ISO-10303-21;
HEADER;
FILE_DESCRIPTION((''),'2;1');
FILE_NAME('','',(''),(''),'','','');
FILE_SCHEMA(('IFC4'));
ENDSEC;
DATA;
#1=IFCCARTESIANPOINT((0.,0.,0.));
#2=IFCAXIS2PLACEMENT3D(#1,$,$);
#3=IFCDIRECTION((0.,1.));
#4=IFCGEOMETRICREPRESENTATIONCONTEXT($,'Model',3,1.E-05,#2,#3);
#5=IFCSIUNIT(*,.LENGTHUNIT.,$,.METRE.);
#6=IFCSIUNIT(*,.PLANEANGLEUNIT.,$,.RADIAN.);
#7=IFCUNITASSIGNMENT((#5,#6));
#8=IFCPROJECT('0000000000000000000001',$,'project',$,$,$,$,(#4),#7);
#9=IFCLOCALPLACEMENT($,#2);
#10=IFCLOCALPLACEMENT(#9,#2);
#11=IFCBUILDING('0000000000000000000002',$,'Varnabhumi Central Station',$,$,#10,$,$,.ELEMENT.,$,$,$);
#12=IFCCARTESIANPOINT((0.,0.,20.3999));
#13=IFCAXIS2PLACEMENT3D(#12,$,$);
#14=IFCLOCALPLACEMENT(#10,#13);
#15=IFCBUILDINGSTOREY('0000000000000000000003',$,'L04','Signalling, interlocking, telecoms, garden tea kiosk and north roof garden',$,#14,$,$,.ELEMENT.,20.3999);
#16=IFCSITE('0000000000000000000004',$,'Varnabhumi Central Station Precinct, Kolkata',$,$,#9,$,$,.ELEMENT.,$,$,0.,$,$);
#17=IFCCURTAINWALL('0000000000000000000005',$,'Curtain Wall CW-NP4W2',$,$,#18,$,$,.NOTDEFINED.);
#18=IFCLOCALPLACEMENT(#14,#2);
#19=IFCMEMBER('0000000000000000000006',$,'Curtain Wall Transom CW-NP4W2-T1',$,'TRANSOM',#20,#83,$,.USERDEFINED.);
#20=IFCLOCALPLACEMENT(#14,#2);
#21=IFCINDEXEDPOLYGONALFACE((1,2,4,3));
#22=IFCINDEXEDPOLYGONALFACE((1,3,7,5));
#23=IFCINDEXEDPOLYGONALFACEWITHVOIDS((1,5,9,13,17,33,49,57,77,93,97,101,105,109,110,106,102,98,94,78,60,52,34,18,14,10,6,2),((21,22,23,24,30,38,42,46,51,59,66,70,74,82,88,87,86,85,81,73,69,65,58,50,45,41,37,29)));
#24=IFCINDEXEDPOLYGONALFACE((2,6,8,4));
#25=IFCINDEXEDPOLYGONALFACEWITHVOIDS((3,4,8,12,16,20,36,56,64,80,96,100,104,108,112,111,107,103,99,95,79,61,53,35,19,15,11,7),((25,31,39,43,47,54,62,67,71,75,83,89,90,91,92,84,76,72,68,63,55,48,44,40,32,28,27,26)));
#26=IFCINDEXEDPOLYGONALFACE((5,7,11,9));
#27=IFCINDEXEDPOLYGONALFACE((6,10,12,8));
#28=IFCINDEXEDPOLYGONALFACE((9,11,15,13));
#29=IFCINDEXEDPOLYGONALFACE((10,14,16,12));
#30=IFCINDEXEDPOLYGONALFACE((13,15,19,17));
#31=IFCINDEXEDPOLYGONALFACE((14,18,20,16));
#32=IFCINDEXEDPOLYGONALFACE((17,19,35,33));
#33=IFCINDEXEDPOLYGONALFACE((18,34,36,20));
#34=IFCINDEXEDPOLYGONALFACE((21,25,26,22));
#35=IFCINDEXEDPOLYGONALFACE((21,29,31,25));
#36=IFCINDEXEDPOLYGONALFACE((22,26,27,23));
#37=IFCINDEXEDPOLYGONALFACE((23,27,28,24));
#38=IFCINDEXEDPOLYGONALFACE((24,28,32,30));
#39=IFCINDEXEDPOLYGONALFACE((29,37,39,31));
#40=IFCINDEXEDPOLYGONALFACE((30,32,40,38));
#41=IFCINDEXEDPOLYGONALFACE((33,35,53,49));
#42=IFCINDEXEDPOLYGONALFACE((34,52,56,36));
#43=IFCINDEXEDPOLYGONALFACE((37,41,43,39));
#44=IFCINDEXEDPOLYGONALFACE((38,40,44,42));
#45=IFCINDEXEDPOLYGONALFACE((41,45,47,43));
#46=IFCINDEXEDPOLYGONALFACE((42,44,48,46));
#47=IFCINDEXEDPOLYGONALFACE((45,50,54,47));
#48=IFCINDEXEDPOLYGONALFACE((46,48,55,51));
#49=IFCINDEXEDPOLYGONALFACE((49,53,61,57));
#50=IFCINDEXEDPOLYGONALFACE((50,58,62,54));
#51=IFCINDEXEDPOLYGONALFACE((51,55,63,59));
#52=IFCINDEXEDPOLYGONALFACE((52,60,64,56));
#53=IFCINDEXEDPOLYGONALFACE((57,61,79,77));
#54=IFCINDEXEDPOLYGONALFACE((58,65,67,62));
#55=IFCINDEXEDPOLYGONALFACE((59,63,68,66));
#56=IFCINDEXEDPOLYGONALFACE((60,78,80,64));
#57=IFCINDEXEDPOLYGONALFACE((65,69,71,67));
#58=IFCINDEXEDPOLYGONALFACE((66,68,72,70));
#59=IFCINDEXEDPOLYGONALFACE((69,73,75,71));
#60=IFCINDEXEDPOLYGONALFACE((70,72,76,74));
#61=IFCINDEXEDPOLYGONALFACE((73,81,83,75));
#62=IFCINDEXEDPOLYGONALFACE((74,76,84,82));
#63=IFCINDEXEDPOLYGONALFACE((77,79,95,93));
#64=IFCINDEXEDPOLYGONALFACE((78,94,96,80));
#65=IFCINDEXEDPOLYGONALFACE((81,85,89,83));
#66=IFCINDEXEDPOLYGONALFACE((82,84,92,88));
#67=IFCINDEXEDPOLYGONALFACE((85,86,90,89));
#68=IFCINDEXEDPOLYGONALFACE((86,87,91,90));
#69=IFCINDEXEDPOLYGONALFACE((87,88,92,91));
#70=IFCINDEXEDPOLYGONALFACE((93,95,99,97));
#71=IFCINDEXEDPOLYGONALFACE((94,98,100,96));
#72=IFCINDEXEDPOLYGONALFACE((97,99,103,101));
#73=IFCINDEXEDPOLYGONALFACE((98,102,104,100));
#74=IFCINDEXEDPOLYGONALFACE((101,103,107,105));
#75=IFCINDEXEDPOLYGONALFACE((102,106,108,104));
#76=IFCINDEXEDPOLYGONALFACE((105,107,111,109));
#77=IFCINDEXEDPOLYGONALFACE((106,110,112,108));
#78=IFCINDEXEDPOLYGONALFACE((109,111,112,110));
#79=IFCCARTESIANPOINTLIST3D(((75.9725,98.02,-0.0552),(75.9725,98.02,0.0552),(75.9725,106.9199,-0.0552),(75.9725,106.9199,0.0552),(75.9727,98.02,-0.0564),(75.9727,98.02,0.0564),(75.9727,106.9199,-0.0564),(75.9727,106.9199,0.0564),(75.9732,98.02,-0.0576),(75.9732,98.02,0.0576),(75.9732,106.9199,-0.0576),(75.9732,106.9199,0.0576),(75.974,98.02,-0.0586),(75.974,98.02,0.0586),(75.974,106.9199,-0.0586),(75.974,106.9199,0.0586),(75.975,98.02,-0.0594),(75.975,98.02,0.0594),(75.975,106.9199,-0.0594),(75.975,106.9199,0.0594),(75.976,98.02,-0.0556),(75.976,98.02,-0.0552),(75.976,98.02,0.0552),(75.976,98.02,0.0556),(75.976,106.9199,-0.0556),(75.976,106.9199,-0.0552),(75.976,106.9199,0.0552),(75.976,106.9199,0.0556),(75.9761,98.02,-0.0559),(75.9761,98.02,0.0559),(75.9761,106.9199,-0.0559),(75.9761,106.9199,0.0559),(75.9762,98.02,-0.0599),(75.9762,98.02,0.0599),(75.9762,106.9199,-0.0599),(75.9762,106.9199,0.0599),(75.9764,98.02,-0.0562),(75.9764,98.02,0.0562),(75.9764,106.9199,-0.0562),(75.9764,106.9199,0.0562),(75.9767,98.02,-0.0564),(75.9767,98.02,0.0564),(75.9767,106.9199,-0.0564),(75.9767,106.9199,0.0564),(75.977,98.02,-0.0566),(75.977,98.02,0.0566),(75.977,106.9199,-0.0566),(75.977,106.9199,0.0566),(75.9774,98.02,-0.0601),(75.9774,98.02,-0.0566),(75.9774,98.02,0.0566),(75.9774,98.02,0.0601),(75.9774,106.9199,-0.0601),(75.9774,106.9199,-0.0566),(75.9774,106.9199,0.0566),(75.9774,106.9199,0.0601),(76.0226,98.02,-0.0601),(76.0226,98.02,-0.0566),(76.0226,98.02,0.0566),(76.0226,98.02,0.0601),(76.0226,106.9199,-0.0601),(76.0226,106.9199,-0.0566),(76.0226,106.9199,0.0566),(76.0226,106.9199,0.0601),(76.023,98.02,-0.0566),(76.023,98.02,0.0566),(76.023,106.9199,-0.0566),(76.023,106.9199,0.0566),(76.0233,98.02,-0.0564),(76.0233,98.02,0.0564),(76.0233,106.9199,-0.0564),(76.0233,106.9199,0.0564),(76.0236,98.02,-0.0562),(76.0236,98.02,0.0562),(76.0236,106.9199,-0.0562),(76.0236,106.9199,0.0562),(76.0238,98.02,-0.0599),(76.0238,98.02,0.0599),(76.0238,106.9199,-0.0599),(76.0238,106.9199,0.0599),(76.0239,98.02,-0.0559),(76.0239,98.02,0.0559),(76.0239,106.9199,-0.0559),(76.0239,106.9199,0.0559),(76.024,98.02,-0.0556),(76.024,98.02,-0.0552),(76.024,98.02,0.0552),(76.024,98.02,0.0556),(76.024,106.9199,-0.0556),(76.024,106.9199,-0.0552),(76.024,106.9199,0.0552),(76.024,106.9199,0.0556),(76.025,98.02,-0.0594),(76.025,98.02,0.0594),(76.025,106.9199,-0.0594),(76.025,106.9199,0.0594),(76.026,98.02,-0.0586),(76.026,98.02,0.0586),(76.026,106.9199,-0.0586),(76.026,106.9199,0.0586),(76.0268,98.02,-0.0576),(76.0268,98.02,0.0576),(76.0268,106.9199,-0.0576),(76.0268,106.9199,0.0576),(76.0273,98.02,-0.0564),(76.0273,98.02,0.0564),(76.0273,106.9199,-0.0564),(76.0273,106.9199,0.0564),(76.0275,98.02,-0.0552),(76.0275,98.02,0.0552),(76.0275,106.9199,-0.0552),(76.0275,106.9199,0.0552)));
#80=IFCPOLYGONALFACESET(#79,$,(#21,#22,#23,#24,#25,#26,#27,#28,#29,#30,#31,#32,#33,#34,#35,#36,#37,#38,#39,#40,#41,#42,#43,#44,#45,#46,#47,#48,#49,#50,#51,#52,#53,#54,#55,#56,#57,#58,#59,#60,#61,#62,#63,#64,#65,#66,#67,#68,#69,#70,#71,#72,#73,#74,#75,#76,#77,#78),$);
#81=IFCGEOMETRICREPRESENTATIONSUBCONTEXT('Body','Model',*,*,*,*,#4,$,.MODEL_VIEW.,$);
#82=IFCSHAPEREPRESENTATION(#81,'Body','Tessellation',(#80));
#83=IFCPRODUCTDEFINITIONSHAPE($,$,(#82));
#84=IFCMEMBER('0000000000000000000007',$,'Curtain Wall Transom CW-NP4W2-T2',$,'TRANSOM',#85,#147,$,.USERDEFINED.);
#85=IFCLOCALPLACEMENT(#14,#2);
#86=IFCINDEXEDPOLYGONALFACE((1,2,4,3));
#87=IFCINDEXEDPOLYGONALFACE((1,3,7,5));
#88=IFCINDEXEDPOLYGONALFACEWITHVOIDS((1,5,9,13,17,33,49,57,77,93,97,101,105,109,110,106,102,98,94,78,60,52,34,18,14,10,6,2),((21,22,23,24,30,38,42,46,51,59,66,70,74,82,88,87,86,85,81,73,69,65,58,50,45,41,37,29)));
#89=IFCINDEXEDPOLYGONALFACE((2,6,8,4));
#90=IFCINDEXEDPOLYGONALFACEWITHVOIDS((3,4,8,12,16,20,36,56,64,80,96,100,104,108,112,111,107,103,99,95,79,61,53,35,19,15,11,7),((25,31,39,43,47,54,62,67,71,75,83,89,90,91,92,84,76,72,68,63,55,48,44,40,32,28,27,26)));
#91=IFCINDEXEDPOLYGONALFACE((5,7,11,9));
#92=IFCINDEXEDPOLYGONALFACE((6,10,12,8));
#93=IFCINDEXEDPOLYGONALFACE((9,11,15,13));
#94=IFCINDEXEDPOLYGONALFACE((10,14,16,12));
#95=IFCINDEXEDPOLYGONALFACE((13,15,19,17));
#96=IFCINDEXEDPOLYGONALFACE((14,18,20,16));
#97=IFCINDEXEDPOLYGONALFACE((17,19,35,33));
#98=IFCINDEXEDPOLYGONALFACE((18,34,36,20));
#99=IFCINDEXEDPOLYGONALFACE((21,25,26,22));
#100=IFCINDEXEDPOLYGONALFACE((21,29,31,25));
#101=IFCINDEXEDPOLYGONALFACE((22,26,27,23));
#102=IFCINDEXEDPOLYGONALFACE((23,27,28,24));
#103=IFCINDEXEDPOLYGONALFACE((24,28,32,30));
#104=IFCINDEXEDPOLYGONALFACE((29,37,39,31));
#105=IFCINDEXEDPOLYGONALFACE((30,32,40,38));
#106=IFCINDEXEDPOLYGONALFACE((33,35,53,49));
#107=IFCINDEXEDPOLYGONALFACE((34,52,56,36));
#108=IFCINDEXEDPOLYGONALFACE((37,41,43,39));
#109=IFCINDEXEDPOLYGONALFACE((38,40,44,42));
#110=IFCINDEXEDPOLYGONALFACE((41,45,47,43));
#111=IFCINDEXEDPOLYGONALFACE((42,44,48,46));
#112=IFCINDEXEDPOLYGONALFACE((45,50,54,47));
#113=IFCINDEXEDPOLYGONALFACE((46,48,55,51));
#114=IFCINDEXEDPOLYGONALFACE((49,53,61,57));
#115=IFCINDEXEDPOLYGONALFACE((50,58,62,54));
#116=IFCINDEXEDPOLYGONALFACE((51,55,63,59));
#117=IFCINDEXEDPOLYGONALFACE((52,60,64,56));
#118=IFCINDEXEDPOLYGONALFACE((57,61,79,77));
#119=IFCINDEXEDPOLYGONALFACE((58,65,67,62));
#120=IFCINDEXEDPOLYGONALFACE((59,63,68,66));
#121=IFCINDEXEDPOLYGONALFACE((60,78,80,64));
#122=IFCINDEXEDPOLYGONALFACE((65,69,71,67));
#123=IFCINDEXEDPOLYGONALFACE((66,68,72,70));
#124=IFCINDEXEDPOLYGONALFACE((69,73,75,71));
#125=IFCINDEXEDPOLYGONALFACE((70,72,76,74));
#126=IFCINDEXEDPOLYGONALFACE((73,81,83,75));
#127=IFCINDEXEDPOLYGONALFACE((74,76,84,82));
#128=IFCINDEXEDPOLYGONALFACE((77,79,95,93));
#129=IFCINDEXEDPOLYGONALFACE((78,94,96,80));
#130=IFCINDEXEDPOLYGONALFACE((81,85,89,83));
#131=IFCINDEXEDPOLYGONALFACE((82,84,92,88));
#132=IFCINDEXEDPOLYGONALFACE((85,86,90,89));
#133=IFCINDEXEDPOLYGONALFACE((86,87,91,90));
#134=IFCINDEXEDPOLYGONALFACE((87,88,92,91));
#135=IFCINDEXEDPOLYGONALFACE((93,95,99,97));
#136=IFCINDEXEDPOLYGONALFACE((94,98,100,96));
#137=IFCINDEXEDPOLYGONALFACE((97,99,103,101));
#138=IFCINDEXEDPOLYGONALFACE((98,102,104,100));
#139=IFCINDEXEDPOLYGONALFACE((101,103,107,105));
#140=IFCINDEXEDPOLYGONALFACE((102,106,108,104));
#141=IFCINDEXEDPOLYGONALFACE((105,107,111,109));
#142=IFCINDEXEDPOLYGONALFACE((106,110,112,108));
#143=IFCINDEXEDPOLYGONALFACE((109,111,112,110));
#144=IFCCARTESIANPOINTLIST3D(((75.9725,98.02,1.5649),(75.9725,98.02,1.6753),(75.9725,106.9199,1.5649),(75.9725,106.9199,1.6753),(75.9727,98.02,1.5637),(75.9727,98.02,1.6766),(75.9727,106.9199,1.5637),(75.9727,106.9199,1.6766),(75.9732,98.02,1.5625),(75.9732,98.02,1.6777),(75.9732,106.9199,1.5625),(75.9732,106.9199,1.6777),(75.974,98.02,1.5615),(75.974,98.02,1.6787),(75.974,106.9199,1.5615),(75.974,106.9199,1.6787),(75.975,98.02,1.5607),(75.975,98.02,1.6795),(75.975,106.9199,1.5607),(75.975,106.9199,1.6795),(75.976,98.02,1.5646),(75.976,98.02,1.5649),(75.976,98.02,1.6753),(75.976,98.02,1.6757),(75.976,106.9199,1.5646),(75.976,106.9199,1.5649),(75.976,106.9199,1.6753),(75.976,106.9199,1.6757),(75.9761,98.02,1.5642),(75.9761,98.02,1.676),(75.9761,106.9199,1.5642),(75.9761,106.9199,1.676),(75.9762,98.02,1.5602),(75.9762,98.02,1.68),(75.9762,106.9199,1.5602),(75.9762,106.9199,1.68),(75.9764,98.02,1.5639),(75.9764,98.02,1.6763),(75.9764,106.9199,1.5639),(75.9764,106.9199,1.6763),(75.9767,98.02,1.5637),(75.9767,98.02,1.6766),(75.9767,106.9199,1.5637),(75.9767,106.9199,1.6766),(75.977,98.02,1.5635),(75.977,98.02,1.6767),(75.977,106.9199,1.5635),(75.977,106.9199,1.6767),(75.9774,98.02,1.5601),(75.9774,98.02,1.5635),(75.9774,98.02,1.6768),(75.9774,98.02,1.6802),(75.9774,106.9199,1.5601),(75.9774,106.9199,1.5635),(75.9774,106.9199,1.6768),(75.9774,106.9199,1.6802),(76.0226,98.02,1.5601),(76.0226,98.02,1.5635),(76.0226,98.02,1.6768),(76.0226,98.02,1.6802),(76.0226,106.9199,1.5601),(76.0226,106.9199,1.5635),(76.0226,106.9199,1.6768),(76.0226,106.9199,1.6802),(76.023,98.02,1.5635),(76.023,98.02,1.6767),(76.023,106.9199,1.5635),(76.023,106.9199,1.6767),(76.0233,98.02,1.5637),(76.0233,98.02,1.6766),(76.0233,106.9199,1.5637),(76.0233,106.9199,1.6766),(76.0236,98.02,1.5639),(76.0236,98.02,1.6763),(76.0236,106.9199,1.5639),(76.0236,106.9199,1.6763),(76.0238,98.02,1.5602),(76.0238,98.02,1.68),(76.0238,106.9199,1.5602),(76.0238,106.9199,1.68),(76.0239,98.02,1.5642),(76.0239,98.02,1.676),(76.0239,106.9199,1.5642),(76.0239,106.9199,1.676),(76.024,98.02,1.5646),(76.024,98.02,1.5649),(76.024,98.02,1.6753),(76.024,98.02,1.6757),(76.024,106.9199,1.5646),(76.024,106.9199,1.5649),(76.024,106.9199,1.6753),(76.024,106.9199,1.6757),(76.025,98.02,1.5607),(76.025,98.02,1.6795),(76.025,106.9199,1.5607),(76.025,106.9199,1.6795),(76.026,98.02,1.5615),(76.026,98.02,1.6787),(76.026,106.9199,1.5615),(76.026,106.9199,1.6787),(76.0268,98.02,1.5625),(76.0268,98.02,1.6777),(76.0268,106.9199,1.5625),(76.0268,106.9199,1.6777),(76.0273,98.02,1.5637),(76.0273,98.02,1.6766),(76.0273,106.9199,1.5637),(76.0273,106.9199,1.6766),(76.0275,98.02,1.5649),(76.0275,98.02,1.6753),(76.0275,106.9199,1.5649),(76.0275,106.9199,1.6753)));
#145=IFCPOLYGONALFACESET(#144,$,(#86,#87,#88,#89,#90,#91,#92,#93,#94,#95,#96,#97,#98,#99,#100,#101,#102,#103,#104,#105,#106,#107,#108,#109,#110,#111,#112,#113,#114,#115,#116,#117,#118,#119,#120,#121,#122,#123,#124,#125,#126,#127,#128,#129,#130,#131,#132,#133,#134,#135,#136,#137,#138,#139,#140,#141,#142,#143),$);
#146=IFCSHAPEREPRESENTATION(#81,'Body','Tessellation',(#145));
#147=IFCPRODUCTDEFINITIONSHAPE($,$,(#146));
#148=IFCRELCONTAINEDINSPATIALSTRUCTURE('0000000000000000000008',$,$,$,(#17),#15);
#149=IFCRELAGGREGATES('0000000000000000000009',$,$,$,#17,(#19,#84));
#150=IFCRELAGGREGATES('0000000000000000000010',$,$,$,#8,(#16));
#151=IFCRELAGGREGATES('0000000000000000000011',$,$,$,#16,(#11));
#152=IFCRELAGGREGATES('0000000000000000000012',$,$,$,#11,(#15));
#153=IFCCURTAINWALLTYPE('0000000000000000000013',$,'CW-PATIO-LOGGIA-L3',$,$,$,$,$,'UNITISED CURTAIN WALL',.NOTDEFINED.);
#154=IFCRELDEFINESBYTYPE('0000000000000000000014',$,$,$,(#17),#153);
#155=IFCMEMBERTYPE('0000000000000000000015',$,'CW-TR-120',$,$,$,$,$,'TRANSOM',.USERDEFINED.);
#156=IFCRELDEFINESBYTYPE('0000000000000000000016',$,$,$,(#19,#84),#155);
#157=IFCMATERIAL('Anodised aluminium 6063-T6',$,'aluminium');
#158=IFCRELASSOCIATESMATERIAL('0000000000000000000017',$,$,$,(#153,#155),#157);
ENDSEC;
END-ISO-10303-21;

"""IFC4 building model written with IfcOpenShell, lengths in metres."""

from ifc_helpers import new_model, si_unit, direction, frame, origin, origin_2d, place, context, subcontext, project, spatial, hollow_rectangle, extrude, material, material_profile, profile_set, type_object, element, aggregate, save


model = new_model("IFC4")

# Units and contexts
model_context = context("Model", 3, precision=1e-05, world=origin(), true_north=direction((0.0, 1.0)))
body_context = subcontext(model_context, "Body", "Model", "MODEL_VIEW")
ifc_project = project(units=[si_unit("LENGTHUNIT", "METRE"), si_unit("PLANEANGLEUNIT", "RADIAN")], contexts=[model_context])

# Site, building, storey
site_placement = place(None, origin())
site = spatial("IfcSite", under=ifc_project, at=site_placement, Name="Varnabhumi Central Station Precinct, Kolkata", CompositionType="ELEMENT", RefElevation=0.0)
building_placement = place(site_placement, origin())
building = spatial("IfcBuilding", under=site, at=building_placement, Name="Varnabhumi Central Station", CompositionType="ELEMENT")
storey_placement = place(building_placement, frame((0.0, 0.0, 20.3999)))
storey = spatial("IfcBuildingStorey", under=building, at=storey_placement, Name="L04", Description="Signalling, interlocking, telecoms, garden tea kiosk and north roof garden", CompositionType="ELEMENT", Elevation=20.3999)

# Curtain wall, members
ifc_material_1 = material(Name="Anodised aluminium 6063-T6", Category="aluminium")
curtain_wall_type = type_object("IfcCurtainWallType", Name="CW-PATIO-LOGGIA-L3", ElementType="UNITISED CURTAIN WALL", PredefinedType="NOTDEFINED", material=ifc_material_1)
curtain_wall_1_placement = place(storey_placement, origin())
curtain_wall_1 = element("IfcCurtainWall", 1, at=curtain_wall_1_placement, inside=storey, type_object=curtain_wall_type, Name="Curtain Wall CW-NP4W2", PredefinedType="NOTDEFINED")
ifc_material_profile_1 = material_profile(ifc_material_1, hollow_rectangle(XDim=0.0549, YDim=0.1201, WallThickness=0.0034, InnerFilletRadius=0.0015, OuterFilletRadius=0.0049, at=origin_2d()), Name="Anodised aluminium 6063-T6", Category="aluminium")
ifc_profile_set_1 = profile_set([ifc_material_profile_1], Name="Anodised aluminium 6063-T6")
member_type_1 = type_object("IfcMemberType", Name="CW-TR-120", ElementType="TRANSOM", PredefinedType="USERDEFINED", material=ifc_profile_set_1)
member_1_placement = place(storey_placement, frame((76.0, 98.02, 0.0), z_axis=(0.0, 1.0, 0.0), x_axis=(-1.0, 0.0, 0.0)))
member_1 = element("IfcMember", 2, at=member_1_placement, type_object=member_type_1, Name="Curtain Wall Transom CW-NP4W2-T1", ObjectType="TRANSOM", PredefinedType="USERDEFINED", context=body_context, shape_type="SweptSolid", body=[
    extrude(hollow_rectangle(XDim=0.0549, YDim=0.1201, WallThickness=0.0034, InnerFilletRadius=0.0015, OuterFilletRadius=0.0049, at=origin_2d()), origin(), (0.0, 0.0, 1.0), 8.8999),
])
member_2_placement = place(storey_placement, frame((76.0, 98.02, 1.6201), z_axis=(0.0, 1.0, 0.0), x_axis=(-1.0, 0.0, 0.0)))
member_2 = element("IfcMember", 3, at=member_2_placement, type_object=member_type_1, Name="Curtain Wall Transom CW-NP4W2-T2", ObjectType="TRANSOM", PredefinedType="USERDEFINED", context=body_context, shape_type="SweptSolid", body=[
    extrude(hollow_rectangle(XDim=0.0549, YDim=0.1201, WallThickness=0.0034, InnerFilletRadius=0.0015, OuterFilletRadius=0.0049, at=origin_2d()), origin(), (0.0, 0.0, 1.0), 8.8999),
])

aggregate(curtain_wall_1, [member_1, member_2])

save(model, "model.ifc")
